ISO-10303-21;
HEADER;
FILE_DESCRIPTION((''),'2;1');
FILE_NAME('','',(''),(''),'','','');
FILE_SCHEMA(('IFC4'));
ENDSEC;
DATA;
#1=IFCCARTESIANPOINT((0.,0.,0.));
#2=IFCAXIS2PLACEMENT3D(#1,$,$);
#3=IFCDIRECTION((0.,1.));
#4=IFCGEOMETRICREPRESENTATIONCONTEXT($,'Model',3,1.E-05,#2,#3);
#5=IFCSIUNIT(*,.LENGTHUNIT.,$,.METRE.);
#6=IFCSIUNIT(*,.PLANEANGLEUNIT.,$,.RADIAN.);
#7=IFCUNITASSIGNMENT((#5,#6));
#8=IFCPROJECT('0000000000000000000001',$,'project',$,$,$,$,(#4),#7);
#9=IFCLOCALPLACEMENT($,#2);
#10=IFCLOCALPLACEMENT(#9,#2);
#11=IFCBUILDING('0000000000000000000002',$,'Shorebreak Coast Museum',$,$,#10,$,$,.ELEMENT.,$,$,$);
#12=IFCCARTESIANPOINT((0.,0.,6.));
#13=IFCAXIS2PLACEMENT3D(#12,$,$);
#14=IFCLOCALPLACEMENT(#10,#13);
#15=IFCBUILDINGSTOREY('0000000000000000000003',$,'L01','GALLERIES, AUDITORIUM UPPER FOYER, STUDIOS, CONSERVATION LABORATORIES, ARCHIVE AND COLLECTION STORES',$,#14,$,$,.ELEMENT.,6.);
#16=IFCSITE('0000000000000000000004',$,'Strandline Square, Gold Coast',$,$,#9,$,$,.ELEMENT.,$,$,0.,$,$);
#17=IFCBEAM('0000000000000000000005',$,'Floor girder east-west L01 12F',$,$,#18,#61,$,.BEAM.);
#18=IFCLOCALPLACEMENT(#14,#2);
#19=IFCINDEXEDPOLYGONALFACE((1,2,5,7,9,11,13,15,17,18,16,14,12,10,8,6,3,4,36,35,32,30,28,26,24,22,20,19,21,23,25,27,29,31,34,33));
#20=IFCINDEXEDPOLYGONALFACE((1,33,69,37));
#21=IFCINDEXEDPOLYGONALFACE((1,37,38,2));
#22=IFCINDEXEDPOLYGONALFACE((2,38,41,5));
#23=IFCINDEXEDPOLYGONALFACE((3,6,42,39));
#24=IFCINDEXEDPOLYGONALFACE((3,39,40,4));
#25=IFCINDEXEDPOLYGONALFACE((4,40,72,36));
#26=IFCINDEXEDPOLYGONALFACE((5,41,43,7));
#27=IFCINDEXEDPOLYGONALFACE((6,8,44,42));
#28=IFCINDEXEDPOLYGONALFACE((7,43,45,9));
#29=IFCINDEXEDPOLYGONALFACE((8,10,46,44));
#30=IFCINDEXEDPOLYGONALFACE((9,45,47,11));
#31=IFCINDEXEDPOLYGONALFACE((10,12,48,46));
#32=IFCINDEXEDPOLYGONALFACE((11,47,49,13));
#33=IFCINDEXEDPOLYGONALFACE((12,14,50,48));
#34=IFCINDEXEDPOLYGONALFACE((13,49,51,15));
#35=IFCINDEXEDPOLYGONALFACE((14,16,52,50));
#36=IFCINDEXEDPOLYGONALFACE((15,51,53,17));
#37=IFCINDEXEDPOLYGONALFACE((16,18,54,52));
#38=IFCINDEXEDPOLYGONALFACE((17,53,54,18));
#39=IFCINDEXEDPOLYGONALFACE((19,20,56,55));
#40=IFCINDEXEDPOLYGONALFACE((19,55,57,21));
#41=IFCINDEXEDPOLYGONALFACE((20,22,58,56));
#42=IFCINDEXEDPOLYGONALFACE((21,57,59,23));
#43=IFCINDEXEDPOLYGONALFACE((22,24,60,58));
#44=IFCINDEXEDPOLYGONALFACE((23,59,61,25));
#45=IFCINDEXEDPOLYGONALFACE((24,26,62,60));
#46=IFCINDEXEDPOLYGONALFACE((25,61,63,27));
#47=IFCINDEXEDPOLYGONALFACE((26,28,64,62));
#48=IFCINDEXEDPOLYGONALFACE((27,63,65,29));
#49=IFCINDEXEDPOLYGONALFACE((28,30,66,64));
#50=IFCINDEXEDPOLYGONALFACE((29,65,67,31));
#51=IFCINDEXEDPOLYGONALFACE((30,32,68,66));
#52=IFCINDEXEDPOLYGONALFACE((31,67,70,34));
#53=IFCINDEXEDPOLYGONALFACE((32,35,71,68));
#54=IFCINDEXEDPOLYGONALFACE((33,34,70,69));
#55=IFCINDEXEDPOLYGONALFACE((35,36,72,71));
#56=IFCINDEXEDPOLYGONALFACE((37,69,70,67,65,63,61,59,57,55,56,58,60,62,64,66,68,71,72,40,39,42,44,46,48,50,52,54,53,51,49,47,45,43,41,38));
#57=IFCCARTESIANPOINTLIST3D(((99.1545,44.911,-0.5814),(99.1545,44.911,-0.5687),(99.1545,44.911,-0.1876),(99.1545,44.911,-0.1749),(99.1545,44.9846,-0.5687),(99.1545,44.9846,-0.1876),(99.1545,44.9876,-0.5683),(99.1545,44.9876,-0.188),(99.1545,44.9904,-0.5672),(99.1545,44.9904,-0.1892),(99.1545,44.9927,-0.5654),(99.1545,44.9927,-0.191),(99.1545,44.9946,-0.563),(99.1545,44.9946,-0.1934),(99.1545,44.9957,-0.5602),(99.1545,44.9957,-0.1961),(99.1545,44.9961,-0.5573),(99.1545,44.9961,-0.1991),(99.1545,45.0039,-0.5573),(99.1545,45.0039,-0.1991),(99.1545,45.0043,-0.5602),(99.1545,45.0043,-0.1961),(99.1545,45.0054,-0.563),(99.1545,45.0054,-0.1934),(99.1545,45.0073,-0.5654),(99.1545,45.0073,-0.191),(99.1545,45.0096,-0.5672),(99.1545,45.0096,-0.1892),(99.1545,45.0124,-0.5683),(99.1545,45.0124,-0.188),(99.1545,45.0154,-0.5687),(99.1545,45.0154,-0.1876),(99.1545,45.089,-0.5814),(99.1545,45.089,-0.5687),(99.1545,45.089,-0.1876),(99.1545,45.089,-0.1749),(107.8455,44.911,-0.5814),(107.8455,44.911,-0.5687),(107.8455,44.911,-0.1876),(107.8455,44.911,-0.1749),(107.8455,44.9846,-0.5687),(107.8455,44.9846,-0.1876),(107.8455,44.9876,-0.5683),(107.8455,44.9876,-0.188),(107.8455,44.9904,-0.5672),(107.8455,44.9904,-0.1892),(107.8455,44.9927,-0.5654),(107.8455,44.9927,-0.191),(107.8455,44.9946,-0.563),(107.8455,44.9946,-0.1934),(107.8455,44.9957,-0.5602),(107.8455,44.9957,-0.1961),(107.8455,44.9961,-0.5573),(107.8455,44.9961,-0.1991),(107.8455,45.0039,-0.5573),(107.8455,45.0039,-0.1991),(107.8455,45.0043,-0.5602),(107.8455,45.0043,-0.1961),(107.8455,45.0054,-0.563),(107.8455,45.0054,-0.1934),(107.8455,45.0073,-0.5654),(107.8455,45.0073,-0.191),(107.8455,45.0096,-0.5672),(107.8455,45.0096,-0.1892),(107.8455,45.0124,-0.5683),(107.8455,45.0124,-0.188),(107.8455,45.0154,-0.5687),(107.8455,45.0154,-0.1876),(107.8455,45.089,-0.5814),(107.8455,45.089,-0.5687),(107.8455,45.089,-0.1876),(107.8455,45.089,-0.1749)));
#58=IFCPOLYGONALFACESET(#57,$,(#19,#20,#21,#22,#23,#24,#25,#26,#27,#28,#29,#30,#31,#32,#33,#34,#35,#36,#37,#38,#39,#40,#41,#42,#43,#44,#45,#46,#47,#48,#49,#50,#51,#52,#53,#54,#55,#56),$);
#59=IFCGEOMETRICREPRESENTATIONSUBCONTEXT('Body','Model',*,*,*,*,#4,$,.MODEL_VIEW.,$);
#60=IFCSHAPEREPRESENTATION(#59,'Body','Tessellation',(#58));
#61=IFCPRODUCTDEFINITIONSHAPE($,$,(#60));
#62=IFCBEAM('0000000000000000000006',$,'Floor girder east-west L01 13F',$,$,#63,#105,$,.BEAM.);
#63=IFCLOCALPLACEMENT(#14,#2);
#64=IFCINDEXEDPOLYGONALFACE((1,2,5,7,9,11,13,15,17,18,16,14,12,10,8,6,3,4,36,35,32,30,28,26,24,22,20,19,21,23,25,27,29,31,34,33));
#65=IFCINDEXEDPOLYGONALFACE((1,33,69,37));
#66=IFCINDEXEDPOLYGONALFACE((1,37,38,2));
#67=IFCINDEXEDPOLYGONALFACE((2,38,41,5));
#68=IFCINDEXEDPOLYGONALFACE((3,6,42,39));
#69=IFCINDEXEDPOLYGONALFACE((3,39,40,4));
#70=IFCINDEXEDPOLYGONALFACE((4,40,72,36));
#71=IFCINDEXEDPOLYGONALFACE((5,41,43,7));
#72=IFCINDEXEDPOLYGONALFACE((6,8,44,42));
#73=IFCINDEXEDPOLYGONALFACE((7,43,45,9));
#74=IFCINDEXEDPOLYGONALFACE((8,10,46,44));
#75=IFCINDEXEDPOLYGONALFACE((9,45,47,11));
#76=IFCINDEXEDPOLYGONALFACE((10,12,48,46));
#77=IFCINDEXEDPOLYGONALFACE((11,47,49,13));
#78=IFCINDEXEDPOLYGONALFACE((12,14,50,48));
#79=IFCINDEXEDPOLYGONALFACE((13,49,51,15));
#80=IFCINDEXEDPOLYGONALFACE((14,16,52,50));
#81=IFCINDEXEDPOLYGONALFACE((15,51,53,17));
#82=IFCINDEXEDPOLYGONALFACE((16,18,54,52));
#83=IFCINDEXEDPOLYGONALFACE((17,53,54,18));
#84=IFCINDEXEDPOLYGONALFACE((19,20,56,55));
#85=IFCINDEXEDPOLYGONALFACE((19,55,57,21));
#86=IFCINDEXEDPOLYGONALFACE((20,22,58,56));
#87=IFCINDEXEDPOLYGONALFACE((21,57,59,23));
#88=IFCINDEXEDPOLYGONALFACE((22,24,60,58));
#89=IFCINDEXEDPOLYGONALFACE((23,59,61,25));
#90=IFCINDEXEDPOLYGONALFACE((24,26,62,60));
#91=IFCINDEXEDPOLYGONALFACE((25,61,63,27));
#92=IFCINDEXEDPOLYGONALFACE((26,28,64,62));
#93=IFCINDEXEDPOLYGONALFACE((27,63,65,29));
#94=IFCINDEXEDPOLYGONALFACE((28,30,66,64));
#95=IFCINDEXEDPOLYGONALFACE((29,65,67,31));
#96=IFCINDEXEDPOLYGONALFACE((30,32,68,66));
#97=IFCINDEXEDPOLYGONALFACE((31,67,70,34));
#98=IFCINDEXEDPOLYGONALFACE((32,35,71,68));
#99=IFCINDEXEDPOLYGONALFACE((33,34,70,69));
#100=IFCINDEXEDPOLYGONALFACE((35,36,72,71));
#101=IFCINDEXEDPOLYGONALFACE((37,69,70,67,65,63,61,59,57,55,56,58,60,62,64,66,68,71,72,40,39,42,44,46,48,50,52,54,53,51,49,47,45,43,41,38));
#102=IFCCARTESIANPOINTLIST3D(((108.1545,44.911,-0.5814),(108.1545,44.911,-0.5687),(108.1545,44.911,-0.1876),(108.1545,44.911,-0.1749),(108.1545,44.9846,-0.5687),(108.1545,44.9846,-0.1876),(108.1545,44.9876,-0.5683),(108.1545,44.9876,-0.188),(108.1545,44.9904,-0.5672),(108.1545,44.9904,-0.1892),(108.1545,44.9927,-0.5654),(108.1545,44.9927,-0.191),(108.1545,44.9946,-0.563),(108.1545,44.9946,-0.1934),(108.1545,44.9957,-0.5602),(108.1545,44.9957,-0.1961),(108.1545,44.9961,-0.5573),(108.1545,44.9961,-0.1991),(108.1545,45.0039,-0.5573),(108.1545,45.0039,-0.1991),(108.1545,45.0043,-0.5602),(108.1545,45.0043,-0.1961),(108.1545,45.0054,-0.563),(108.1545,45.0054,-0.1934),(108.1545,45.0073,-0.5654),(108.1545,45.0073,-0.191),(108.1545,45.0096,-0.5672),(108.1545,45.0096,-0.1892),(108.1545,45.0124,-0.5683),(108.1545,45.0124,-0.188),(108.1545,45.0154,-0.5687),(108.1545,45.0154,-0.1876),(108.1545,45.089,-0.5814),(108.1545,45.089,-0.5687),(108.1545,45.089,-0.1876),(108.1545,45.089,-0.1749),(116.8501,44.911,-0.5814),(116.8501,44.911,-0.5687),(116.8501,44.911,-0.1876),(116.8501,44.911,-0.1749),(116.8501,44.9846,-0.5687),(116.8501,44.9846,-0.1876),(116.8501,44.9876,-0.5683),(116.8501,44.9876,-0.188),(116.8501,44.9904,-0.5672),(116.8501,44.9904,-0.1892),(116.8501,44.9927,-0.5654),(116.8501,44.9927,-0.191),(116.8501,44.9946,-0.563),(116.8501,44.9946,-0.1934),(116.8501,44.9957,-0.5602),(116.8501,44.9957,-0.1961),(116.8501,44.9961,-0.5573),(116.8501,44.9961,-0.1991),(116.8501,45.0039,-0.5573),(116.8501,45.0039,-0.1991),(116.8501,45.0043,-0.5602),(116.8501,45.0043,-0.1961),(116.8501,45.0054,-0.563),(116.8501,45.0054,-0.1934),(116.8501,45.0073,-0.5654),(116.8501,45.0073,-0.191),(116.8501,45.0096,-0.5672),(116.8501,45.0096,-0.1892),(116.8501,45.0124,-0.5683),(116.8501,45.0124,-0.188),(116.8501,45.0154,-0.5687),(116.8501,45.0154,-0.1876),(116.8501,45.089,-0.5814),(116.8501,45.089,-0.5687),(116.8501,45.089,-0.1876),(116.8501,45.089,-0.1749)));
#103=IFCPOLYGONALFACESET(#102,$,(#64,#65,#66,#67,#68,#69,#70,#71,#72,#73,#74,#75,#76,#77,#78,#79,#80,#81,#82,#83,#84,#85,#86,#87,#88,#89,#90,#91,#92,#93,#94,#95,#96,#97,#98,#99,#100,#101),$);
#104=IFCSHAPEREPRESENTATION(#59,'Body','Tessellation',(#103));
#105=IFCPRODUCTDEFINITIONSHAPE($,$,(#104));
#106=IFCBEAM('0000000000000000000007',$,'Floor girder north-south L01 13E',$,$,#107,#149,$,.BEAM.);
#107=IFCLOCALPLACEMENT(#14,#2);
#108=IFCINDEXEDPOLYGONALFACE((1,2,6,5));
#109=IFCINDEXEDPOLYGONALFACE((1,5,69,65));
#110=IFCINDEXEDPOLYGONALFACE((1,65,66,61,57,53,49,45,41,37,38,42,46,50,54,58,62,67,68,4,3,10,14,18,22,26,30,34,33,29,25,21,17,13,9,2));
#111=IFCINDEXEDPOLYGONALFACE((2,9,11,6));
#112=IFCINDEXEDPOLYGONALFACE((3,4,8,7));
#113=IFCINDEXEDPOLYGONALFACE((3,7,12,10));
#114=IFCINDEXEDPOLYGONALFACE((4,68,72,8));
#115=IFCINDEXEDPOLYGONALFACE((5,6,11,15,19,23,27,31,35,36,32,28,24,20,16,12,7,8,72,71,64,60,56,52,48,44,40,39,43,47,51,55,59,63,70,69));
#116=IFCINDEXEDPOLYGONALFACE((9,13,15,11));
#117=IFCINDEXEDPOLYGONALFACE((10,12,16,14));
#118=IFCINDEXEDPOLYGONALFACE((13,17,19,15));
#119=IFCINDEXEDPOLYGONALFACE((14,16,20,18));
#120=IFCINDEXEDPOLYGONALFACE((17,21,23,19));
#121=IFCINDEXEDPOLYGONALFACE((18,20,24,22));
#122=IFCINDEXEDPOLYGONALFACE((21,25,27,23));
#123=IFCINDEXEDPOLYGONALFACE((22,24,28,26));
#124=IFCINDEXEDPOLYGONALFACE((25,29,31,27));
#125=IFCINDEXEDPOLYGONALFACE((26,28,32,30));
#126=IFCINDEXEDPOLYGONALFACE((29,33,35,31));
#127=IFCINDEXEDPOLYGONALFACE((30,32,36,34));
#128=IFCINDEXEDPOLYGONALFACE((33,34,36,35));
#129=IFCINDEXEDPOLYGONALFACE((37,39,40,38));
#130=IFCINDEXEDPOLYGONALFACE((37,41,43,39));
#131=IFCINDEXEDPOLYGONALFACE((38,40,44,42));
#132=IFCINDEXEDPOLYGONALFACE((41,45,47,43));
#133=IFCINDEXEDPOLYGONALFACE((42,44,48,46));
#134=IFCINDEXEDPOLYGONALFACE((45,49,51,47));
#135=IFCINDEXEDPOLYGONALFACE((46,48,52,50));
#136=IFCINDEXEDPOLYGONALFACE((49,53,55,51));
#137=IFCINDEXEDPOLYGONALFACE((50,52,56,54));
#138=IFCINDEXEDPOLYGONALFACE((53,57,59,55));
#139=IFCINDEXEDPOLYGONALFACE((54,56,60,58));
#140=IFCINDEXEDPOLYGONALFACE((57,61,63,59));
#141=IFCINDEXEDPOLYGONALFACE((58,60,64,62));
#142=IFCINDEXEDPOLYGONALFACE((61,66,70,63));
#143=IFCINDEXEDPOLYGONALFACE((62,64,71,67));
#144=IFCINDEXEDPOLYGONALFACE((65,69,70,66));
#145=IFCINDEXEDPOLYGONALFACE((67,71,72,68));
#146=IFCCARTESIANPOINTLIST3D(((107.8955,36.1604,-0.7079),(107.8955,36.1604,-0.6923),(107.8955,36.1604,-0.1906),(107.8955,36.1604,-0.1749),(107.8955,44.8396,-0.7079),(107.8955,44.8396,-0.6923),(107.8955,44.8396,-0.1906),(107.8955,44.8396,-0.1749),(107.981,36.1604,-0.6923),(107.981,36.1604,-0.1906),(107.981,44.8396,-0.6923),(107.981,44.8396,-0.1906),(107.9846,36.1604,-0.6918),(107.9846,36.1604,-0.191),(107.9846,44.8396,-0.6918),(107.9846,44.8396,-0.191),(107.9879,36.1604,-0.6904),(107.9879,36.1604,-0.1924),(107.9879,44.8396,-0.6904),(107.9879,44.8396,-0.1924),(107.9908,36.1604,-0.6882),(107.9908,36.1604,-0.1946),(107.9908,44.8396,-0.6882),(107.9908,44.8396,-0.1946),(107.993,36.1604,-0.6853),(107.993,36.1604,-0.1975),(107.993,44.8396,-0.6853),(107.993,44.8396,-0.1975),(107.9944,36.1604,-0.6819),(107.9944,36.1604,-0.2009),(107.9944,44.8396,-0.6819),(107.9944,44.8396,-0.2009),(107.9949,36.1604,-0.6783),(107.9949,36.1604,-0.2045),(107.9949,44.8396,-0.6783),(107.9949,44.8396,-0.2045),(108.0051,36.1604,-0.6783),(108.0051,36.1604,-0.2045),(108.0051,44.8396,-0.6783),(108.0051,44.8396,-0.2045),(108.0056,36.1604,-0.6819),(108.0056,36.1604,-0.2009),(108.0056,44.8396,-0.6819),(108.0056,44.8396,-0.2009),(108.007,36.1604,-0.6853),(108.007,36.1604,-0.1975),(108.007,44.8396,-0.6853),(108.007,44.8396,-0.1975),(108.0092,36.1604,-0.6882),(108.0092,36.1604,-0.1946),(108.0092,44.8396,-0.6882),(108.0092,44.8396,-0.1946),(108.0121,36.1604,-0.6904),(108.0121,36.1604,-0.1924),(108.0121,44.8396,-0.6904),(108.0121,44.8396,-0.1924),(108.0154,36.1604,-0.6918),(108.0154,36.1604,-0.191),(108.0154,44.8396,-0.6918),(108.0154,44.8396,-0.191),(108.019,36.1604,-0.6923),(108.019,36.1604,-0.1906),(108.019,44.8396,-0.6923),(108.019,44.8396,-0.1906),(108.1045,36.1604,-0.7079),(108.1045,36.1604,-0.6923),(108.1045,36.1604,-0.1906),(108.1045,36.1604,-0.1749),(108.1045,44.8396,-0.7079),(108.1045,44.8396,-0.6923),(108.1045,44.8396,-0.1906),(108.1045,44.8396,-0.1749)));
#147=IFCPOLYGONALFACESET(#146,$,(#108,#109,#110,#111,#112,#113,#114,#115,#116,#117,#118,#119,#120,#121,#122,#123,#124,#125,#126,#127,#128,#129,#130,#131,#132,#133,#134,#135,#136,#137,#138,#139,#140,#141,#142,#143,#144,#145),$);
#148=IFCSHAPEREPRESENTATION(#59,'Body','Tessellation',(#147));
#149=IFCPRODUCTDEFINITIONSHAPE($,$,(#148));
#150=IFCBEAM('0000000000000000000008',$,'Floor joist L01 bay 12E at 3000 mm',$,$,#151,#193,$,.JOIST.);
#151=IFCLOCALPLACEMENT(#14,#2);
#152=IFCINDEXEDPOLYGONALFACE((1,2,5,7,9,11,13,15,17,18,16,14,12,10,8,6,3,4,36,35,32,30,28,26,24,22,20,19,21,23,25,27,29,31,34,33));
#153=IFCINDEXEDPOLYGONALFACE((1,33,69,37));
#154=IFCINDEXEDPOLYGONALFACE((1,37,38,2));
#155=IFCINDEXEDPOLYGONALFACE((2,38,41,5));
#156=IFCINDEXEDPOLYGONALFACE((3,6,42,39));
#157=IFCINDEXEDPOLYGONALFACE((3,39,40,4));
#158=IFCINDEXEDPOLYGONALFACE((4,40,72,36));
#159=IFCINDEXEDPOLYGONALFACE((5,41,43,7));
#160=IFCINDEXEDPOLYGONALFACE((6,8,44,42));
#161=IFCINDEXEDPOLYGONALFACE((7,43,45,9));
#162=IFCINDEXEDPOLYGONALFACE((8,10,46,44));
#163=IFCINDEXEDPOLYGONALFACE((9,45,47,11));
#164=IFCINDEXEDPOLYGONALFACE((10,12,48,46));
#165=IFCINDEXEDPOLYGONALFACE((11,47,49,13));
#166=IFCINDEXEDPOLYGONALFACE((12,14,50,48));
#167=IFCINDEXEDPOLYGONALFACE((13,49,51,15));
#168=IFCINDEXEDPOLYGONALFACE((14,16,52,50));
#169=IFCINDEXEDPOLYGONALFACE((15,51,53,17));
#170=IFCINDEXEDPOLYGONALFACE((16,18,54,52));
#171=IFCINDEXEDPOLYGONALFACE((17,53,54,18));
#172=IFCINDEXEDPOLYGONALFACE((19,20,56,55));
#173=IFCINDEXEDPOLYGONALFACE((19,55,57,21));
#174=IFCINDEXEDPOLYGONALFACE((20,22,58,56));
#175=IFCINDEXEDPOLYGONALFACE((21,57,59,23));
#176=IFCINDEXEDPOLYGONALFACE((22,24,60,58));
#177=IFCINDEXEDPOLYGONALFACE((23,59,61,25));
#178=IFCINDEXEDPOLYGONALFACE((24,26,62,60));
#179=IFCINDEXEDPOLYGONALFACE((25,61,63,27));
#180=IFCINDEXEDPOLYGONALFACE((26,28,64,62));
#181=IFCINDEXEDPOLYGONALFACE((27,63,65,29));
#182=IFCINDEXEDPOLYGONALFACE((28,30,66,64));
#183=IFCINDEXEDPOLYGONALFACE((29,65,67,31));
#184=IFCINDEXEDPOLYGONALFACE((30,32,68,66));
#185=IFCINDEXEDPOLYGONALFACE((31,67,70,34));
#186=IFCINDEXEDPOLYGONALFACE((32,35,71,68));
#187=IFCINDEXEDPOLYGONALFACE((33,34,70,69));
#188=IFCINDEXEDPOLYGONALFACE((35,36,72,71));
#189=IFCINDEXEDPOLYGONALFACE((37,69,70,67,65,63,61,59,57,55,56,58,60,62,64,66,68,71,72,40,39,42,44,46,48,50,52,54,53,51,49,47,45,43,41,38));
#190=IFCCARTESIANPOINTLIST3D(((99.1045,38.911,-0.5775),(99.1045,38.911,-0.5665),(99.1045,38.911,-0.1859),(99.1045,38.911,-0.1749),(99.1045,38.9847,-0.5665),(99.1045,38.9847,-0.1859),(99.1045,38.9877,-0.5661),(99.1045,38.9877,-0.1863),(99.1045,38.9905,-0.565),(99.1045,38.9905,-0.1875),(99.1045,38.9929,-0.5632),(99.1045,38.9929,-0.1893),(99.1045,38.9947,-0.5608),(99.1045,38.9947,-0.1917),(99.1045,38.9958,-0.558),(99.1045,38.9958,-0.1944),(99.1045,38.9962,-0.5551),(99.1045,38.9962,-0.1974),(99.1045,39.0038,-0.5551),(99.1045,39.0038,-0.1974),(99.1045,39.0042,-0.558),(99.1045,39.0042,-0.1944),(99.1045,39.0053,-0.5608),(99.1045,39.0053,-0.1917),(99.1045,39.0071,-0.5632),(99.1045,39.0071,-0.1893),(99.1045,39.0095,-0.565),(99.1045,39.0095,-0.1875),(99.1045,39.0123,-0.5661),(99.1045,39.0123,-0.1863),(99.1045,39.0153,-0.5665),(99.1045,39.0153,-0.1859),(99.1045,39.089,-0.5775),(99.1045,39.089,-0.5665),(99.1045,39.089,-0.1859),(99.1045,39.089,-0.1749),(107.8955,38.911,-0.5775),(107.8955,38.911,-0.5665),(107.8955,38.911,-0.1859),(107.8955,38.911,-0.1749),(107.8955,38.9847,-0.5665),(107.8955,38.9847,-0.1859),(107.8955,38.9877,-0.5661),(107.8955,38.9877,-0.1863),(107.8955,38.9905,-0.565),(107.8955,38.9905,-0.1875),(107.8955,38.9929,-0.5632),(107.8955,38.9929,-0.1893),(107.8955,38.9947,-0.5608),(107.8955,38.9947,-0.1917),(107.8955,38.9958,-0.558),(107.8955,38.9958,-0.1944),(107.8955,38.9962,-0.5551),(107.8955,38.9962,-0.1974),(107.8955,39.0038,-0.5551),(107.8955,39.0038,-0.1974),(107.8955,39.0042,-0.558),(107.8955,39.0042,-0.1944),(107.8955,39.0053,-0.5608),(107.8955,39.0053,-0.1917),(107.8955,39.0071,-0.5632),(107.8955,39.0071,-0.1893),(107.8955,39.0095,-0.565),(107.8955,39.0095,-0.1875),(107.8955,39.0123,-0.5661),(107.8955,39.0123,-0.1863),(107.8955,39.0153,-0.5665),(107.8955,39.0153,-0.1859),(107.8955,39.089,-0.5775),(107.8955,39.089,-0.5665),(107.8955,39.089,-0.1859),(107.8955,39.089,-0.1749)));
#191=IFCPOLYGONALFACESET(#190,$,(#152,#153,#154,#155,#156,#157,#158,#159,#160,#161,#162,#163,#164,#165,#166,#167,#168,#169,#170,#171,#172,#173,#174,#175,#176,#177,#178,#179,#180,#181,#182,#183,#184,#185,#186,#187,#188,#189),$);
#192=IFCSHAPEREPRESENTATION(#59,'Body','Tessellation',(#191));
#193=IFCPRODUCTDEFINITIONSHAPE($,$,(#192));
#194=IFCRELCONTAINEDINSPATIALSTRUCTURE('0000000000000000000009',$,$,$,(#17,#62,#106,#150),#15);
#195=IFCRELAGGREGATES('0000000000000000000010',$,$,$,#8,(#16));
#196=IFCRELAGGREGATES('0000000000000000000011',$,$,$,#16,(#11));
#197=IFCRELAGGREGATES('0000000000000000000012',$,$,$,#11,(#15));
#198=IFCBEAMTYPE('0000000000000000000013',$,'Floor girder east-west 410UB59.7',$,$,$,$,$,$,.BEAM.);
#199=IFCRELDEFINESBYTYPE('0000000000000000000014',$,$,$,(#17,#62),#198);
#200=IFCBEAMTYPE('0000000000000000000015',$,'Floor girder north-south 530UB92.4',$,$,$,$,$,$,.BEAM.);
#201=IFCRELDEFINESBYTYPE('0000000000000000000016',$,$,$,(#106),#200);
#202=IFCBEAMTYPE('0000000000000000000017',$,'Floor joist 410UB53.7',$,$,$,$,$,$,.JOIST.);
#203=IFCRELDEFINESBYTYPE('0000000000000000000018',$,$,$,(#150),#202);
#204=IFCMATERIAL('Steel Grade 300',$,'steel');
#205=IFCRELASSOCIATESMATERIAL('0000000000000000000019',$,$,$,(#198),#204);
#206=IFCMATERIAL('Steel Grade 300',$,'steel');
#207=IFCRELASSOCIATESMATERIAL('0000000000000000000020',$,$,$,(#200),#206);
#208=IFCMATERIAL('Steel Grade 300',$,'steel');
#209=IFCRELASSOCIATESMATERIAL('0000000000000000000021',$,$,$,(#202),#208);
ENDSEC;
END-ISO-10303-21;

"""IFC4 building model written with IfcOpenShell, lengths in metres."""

from ifc_helpers import new_model, si_unit, direction, frame, origin, origin_2d, place, context, subcontext, project, spatial, i_section, extrude, material, material_profile, profile_set, type_object, element, save


model = new_model("IFC4")

# Units and contexts
model_context = context("Model", 3, precision=1e-05, world=origin(), true_north=direction((0.0, 1.0)))
body_context = subcontext(model_context, "Body", "Model", "MODEL_VIEW")
ifc_project = project(units=[si_unit("LENGTHUNIT", "METRE"), si_unit("PLANEANGLEUNIT", "RADIAN")], contexts=[model_context])

# Site, building, storey
site_placement = place(None, origin())
site = spatial("IfcSite", under=ifc_project, at=site_placement, Name="Strandline Square, Gold Coast", CompositionType="ELEMENT", RefElevation=0.0)
building_placement = place(site_placement, origin())
building = spatial("IfcBuilding", under=site, at=building_placement, Name="Shorebreak Coast Museum", CompositionType="ELEMENT")
storey_placement = place(building_placement, frame((0.0, 0.0, 6.0)))
storey = spatial("IfcBuildingStorey", under=building, at=storey_placement, Name="L01", Description="GALLERIES, AUDITORIUM UPPER FOYER, STUDIOS, CONSERVATION LABORATORIES, ARCHIVE AND COLLECTION STORES", CompositionType="ELEMENT", Elevation=6.0)

# Beams
ifc_material_1 = material(Name="Steel Grade 300", Category="steel")
ifc_material_profile_1 = material_profile(ifc_material_1, i_section(OverallWidth=0.178, OverallDepth=0.4065, WebThickness=0.0078, FlangeThickness=0.0127, FilletRadius=0.0115, at=origin_2d()), Name="410UB59.7")
ifc_profile_set_1 = profile_set([ifc_material_profile_1], Name="Steel Grade 300")
beam_type_1 = type_object("IfcBeamType", Name="Floor girder east-west 410UB59.7", PredefinedType="BEAM", material=ifc_profile_set_1)
beam_1_placement = place(storey_placement, frame((99.1545, 45.0, -0.3782), z_axis=(1.0, 0.0, 0.0), x_axis=(0.0, 1.0, 0.0)))
element("IfcBeam", 1, at=beam_1_placement, inside=storey, type_object=beam_type_1, Name="Floor girder east-west L01 12F", PredefinedType="BEAM", context=body_context, shape_type="SweptSolid", body=[
    extrude(i_section(OverallWidth=0.178, OverallDepth=0.4065, WebThickness=0.0078, FlangeThickness=0.0127, FilletRadius=0.0115, at=origin_2d()), origin(), (0.0, 0.0, 1.0), 8.6909),
])
beam_2_placement = place(storey_placement, frame((108.1545, 45.0, -0.3782), z_axis=(1.0, 0.0, 0.0), x_axis=(0.0, 1.0, 0.0)))
element("IfcBeam", 2, at=beam_2_placement, inside=storey, type_object=beam_type_1, Name="Floor girder east-west L01 13F", PredefinedType="BEAM", context=body_context, shape_type="SweptSolid", body=[
    extrude(i_section(OverallWidth=0.178, OverallDepth=0.4065, WebThickness=0.0078, FlangeThickness=0.0127, FilletRadius=0.0115, at=origin_2d()), origin(), (0.0, 0.0, 1.0), 8.6956),
])
ifc_material_2 = material(Name="Steel Grade 300", Category="steel")
ifc_material_profile_2 = material_profile(ifc_material_2, i_section(OverallWidth=0.209, OverallDepth=0.533, WebThickness=0.0103, FlangeThickness=0.0156, FilletRadius=0.0139, at=origin_2d()), Name="530UB92.4")
ifc_profile_set_2 = profile_set([ifc_material_profile_2], Name="Steel Grade 300")
beam_type_2 = type_object("IfcBeamType", Name="Floor girder north-south 530UB92.4", PredefinedType="BEAM", material=ifc_profile_set_2)
beam_3_placement = place(storey_placement, frame((108.0, 36.1604, -0.4414), z_axis=(0.0, 1.0, 0.0), x_axis=(-1.0, 0.0, 0.0)))
element("IfcBeam", 3, at=beam_3_placement, inside=storey, type_object=beam_type_2, Name="Floor girder north-south L01 13E", PredefinedType="BEAM", context=body_context, shape_type="SweptSolid", body=[
    extrude(i_section(OverallWidth=0.209, OverallDepth=0.533, WebThickness=0.0103, FlangeThickness=0.0156, FilletRadius=0.0139, at=origin_2d()), origin(), (0.0, 0.0, 1.0), 8.6792),
])
ifc_material_3 = material(Name="Steel Grade 300", Category="steel")
ifc_material_profile_3 = material_profile(ifc_material_3, i_section(OverallWidth=0.178, OverallDepth=0.4026, WebThickness=0.0076, FlangeThickness=0.011, FilletRadius=0.0115, at=origin_2d()), Name="410UB53.7")
ifc_profile_set_3 = profile_set([ifc_material_profile_3], Name="Steel Grade 300")
beam_type_3 = type_object("IfcBeamType", Name="Floor joist 410UB53.7", PredefinedType="JOIST", material=ifc_profile_set_3)
for number, where, z_axis, x_axis, name in (
    (4, (99.1045, 39.0, -0.3762), (1.0, 0.0, 0.0), (0.0, 1.0, 0.0), "Floor joist L01 bay 12E at 3000 mm"),
):
    element("IfcBeam", number, at=place(storey_placement, frame(where, z_axis=z_axis, x_axis=x_axis)), inside=storey, type_object=beam_type_3, Name=name, PredefinedType="JOIST", context=body_context, shape_type="SweptSolid", body=[
        extrude(i_section(OverallWidth=0.178, OverallDepth=0.4026, WebThickness=0.0076, FlangeThickness=0.011, FilletRadius=0.0115, at=origin_2d()), origin(), (0.0, 0.0, 1.0), 8.791),
    ])

save(model, "model.ifc")
